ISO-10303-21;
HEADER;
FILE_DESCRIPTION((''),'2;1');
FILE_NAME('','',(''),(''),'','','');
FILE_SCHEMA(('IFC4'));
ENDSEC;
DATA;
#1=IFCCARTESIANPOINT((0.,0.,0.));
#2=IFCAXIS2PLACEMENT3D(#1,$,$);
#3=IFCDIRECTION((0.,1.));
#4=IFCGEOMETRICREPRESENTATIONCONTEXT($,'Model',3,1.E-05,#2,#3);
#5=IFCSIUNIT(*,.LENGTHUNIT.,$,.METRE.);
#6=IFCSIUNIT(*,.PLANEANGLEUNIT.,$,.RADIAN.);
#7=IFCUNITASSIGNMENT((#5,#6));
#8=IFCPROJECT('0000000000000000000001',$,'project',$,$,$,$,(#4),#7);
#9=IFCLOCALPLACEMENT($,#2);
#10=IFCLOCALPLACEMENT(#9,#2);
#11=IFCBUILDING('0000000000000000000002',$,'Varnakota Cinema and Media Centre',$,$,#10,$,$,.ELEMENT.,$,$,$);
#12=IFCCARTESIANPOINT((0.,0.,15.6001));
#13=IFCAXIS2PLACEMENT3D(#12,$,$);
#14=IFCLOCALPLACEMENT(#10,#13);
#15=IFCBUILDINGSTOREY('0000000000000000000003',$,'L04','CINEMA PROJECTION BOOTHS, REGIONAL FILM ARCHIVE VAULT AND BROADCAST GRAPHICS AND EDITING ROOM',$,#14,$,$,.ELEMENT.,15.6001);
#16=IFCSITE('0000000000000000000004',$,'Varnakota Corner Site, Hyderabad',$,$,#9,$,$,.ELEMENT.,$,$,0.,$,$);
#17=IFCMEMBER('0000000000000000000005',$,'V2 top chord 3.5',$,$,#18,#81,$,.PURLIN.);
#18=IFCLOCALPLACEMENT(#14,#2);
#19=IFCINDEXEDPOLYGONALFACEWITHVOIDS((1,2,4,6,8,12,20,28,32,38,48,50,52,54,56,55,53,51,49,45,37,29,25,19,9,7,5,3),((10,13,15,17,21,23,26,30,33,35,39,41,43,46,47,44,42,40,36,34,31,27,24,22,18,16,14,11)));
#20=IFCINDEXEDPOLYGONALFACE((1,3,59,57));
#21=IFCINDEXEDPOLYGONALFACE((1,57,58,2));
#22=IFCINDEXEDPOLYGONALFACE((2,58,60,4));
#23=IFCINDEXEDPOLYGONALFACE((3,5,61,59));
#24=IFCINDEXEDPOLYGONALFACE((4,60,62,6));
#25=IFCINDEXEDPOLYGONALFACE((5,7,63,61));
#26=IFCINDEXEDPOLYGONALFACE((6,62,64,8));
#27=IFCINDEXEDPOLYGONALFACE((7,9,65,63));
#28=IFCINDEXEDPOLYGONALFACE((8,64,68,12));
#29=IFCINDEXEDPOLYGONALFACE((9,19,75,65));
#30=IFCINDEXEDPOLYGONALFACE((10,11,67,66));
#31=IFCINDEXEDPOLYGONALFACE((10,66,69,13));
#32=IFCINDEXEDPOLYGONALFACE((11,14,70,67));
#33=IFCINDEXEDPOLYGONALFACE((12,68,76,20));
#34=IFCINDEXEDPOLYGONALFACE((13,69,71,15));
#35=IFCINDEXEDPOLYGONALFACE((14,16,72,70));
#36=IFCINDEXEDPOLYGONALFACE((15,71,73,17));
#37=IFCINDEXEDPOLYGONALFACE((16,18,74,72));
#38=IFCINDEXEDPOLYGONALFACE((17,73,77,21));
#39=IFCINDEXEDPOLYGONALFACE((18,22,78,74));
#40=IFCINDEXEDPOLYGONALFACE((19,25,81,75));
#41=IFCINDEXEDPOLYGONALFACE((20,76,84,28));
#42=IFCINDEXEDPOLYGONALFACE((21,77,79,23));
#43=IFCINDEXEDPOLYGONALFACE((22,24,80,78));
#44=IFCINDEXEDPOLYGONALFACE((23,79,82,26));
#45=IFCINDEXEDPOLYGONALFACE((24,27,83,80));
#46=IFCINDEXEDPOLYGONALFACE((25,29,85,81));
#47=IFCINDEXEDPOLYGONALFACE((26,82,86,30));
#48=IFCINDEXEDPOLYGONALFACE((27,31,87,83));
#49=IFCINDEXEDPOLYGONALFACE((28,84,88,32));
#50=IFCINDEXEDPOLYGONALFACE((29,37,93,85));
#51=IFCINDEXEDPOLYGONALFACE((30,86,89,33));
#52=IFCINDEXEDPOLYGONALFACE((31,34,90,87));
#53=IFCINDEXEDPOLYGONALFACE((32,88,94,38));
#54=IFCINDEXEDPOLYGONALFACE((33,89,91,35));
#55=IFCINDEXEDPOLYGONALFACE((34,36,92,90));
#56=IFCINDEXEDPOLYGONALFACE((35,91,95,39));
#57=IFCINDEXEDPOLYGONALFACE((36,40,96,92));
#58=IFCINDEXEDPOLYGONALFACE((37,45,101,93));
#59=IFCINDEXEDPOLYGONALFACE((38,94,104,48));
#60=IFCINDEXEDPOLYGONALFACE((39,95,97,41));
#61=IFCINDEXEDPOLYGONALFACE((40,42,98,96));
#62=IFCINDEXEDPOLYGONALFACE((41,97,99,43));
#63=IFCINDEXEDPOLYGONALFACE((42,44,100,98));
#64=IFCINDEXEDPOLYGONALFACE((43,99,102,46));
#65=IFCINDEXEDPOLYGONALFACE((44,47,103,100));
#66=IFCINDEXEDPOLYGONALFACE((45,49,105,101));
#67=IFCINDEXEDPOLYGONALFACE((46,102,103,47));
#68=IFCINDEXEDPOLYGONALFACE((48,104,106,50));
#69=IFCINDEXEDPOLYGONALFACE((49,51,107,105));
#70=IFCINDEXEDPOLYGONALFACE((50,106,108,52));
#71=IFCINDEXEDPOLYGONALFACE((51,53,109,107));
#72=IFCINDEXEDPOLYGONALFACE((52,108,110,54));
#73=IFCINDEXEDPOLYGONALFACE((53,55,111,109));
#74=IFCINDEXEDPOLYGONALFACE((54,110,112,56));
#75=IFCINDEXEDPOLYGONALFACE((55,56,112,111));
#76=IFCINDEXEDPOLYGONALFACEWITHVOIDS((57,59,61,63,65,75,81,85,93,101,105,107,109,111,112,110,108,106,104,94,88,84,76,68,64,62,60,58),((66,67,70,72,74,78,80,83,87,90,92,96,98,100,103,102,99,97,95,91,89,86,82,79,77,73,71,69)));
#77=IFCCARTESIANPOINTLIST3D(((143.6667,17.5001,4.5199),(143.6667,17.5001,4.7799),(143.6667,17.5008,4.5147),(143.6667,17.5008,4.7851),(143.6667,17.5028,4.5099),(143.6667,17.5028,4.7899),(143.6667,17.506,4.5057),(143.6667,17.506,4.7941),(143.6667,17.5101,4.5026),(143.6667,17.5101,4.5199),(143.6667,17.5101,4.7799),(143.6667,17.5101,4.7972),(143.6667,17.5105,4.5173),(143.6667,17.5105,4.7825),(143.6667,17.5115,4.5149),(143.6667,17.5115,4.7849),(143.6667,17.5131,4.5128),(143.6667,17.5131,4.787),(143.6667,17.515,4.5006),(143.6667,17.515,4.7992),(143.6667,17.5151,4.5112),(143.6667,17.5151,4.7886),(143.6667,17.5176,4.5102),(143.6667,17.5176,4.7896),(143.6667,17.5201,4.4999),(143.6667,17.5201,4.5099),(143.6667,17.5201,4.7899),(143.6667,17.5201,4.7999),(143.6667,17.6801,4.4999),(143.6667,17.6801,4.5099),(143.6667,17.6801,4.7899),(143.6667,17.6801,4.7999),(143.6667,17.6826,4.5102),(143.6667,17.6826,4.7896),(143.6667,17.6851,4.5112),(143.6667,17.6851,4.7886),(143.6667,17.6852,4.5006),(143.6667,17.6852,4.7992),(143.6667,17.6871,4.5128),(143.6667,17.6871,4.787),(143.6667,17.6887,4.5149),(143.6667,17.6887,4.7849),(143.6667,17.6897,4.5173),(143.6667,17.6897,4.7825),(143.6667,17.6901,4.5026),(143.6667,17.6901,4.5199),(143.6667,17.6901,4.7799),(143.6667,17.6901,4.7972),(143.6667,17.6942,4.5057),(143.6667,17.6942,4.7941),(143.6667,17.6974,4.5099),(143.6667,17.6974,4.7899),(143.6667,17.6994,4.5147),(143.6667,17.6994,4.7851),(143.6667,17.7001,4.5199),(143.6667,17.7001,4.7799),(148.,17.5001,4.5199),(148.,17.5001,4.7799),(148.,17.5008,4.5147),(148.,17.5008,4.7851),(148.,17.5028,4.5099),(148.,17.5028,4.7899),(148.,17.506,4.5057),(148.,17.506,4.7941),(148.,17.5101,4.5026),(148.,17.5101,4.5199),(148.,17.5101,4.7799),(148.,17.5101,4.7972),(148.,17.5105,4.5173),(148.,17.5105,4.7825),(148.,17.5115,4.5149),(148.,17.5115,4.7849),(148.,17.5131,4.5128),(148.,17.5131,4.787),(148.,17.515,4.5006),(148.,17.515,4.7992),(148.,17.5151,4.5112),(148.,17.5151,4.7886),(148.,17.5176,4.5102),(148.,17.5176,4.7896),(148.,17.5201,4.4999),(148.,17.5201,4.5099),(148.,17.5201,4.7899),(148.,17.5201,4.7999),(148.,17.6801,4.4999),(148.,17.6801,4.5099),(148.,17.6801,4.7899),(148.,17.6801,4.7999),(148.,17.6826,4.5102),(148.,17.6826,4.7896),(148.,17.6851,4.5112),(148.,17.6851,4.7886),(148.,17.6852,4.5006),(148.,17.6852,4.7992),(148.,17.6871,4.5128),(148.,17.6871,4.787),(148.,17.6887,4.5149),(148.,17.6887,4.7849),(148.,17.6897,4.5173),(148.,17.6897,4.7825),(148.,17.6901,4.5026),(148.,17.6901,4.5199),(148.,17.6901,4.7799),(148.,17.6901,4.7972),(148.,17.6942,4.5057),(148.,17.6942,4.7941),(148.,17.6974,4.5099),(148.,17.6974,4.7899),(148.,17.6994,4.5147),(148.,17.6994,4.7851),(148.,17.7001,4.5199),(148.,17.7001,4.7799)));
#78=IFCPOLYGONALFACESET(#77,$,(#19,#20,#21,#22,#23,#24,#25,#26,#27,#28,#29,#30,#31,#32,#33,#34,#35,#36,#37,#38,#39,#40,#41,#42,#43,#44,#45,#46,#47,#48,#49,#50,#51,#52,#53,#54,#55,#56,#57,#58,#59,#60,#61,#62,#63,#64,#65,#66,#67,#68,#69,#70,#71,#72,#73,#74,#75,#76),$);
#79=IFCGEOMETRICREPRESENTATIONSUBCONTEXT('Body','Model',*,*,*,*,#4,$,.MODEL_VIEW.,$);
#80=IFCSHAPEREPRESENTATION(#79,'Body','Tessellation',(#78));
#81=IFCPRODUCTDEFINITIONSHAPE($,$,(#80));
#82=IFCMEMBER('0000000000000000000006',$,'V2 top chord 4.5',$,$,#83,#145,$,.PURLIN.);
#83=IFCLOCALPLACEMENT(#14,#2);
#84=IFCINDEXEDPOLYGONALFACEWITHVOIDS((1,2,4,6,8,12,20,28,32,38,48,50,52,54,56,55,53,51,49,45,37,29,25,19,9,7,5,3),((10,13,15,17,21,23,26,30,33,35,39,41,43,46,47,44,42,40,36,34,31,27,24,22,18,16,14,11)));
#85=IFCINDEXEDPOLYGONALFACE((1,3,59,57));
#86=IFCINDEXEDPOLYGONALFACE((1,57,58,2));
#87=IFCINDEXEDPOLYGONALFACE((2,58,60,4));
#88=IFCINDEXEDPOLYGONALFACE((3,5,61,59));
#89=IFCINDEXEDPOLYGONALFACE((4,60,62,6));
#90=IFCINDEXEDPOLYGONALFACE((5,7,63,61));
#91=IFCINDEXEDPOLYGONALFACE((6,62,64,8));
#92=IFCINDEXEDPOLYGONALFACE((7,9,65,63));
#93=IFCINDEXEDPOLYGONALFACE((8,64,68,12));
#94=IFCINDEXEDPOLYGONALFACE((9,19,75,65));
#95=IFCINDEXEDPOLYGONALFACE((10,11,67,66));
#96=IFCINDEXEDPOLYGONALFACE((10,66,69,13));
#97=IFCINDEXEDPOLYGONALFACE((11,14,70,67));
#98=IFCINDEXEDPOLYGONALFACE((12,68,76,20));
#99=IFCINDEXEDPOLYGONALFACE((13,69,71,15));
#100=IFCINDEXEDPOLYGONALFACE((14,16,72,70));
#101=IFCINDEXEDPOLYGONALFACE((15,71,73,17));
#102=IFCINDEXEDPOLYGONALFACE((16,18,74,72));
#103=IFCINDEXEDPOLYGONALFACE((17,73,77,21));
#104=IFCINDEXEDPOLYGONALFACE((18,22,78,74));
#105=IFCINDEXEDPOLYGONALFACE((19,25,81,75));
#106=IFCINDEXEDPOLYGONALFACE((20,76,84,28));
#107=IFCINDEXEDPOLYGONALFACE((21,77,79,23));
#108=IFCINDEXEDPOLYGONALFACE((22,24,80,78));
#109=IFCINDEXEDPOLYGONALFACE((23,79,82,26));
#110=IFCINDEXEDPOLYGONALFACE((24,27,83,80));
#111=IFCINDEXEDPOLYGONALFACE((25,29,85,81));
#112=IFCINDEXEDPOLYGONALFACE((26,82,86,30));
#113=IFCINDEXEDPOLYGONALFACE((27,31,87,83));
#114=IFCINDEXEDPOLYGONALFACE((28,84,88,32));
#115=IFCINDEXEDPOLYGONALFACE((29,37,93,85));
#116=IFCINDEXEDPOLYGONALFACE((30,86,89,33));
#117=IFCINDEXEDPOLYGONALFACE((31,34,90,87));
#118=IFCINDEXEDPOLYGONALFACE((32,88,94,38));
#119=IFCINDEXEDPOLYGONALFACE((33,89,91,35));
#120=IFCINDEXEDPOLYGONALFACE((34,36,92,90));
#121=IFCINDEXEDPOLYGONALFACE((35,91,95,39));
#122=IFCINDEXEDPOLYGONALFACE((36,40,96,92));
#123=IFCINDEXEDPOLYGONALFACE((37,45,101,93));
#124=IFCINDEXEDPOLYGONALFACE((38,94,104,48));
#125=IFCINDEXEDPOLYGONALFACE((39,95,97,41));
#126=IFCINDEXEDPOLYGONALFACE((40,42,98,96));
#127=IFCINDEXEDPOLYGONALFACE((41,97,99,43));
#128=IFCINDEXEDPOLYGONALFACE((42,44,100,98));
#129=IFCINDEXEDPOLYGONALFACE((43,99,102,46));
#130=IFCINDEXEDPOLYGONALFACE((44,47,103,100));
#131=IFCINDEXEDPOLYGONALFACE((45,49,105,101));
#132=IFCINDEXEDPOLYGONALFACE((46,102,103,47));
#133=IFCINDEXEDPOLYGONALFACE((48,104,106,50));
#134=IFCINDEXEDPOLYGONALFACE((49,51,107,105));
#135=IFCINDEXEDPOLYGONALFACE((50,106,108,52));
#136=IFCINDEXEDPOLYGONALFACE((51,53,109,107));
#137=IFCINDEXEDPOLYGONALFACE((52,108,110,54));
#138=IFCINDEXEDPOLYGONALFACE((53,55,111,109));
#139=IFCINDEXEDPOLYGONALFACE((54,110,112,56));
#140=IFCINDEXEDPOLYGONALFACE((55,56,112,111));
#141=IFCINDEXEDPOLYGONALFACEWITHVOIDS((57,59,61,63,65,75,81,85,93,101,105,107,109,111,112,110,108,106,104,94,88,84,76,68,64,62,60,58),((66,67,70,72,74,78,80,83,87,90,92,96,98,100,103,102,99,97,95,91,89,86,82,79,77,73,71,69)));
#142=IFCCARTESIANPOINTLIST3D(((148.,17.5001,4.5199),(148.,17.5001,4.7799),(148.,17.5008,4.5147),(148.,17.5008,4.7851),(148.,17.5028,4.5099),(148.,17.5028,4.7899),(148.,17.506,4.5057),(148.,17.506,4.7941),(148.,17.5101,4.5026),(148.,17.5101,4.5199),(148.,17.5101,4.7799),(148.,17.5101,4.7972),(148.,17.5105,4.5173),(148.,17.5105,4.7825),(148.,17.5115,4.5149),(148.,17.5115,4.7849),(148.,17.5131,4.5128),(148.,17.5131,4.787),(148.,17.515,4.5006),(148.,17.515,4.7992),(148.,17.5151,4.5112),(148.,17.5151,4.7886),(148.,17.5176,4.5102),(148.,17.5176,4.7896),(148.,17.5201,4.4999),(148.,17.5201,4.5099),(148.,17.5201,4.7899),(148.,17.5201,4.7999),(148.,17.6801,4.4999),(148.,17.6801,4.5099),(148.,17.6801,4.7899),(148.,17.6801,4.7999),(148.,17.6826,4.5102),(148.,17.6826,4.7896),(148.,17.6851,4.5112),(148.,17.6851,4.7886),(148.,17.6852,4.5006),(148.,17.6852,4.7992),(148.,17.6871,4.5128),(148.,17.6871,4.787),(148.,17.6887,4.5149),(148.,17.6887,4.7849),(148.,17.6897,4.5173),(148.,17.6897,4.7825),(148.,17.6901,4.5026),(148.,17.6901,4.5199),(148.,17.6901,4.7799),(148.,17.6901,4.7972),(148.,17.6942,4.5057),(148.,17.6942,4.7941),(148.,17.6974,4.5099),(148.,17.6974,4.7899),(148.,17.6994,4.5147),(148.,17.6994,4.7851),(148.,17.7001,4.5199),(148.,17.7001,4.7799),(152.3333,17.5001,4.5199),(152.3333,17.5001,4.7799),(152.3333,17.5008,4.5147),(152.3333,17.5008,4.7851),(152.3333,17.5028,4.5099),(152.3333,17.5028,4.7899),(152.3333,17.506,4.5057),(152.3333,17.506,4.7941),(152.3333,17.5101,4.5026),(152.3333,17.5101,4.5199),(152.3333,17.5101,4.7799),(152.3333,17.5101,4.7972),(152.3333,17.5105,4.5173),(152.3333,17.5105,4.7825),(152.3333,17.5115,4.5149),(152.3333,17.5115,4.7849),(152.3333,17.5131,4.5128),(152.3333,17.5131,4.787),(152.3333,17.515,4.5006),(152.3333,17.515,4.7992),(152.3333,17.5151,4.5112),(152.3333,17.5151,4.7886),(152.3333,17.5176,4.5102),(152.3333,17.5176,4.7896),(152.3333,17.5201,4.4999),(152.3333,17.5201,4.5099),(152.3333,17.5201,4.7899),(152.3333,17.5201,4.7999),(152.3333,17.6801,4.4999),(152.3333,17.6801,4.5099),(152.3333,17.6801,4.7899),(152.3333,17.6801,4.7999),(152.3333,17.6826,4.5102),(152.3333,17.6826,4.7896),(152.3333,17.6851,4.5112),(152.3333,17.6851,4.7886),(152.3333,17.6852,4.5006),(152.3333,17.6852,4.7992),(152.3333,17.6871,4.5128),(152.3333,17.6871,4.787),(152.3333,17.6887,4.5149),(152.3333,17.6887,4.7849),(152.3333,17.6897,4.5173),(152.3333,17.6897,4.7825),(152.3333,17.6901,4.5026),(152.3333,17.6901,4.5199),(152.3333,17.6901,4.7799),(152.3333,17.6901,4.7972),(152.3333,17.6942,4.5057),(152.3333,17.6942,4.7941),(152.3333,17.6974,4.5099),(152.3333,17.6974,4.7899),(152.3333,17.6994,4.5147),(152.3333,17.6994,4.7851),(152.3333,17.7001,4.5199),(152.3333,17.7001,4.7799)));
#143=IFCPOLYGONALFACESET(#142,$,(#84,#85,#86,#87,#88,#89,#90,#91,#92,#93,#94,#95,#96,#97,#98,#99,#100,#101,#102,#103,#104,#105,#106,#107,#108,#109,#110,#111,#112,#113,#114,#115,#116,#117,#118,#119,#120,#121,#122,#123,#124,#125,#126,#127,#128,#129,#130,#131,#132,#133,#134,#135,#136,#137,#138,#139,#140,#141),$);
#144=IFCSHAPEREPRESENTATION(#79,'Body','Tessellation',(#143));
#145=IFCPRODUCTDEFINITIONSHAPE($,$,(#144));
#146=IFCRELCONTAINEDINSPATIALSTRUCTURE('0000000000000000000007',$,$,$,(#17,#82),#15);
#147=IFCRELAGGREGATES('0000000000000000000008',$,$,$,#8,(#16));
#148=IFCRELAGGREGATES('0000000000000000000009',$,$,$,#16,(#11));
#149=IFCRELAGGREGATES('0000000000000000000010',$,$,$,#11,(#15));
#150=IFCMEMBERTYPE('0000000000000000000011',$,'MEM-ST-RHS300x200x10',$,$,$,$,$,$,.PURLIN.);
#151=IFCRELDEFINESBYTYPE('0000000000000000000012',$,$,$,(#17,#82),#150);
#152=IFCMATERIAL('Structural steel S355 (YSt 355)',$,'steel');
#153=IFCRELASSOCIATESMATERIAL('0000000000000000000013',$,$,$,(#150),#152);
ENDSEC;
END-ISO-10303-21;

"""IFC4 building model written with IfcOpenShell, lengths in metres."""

from ifc_helpers import new_model, si_unit, direction, frame, origin, origin_2d, place, context, subcontext, project, spatial, hollow_rectangle, extrude, material, material_profile, profile_set, type_object, element, save


model = new_model("IFC4")

# Units and contexts
model_context = context("Model", 3, precision=1e-05, world=origin(), true_north=direction((0.0, 1.0)))
body_context = subcontext(model_context, "Body", "Model", "MODEL_VIEW")
ifc_project = project(units=[si_unit("LENGTHUNIT", "METRE"), si_unit("PLANEANGLEUNIT", "RADIAN")], contexts=[model_context])

# Site, building, storey
site_placement = place(None, origin())
site = spatial("IfcSite", under=ifc_project, at=site_placement, Name="Varnakota Corner Site, Hyderabad", CompositionType="ELEMENT", RefElevation=0.0)
building_placement = place(site_placement, origin())
building = spatial("IfcBuilding", under=site, at=building_placement, Name="Varnakota Cinema and Media Centre", CompositionType="ELEMENT")
storey_placement = place(building_placement, frame((0.0, 0.0, 15.6001)))
storey = spatial("IfcBuildingStorey", under=building, at=storey_placement, Name="L04", Description="CINEMA PROJECTION BOOTHS, REGIONAL FILM ARCHIVE VAULT AND BROADCAST GRAPHICS AND EDITING ROOM", CompositionType="ELEMENT", Elevation=15.6001)

# Members
ifc_material_1 = material(Name="Structural steel S355 (YSt 355)", Category="steel")
ifc_material_profile_1 = material_profile(ifc_material_1, hollow_rectangle(XDim=0.2, YDim=0.3, WallThickness=0.01, InnerFilletRadius=0.01, OuterFilletRadius=0.02, at=origin_2d()), Name="RHS 300x200x10")
ifc_profile_set_1 = profile_set([ifc_material_profile_1], Name="Structural steel S355 (YSt 355)")
member_type_1 = type_object("IfcMemberType", Name="MEM-ST-RHS300x200x10", PredefinedType="PURLIN", material=ifc_profile_set_1)
for number, where, z_axis, x_axis, name in (
    (1, (143.6667, 17.6001, 4.6499), (1.0, 0.0, 0.0), (0.0, 1.0, 0.0), "V2 top chord 3.5"),
    (2, (148.0, 17.6001, 4.6499), (1.0, 0.0, 0.0), (0.0, 1.0, 0.0), "V2 top chord 4.5"),
):
    element("IfcMember", number, at=place(storey_placement, frame(where, z_axis=z_axis, x_axis=x_axis)), inside=storey, type_object=member_type_1, Name=name, PredefinedType="PURLIN", context=body_context, shape_type="SweptSolid", body=[
        extrude(hollow_rectangle(XDim=0.2, YDim=0.3, WallThickness=0.01, InnerFilletRadius=0.01, OuterFilletRadius=0.02, at=origin_2d()), origin(), (0.0, 0.0, 1.0), 4.3333),
    ])

save(model, "model.ifc")
